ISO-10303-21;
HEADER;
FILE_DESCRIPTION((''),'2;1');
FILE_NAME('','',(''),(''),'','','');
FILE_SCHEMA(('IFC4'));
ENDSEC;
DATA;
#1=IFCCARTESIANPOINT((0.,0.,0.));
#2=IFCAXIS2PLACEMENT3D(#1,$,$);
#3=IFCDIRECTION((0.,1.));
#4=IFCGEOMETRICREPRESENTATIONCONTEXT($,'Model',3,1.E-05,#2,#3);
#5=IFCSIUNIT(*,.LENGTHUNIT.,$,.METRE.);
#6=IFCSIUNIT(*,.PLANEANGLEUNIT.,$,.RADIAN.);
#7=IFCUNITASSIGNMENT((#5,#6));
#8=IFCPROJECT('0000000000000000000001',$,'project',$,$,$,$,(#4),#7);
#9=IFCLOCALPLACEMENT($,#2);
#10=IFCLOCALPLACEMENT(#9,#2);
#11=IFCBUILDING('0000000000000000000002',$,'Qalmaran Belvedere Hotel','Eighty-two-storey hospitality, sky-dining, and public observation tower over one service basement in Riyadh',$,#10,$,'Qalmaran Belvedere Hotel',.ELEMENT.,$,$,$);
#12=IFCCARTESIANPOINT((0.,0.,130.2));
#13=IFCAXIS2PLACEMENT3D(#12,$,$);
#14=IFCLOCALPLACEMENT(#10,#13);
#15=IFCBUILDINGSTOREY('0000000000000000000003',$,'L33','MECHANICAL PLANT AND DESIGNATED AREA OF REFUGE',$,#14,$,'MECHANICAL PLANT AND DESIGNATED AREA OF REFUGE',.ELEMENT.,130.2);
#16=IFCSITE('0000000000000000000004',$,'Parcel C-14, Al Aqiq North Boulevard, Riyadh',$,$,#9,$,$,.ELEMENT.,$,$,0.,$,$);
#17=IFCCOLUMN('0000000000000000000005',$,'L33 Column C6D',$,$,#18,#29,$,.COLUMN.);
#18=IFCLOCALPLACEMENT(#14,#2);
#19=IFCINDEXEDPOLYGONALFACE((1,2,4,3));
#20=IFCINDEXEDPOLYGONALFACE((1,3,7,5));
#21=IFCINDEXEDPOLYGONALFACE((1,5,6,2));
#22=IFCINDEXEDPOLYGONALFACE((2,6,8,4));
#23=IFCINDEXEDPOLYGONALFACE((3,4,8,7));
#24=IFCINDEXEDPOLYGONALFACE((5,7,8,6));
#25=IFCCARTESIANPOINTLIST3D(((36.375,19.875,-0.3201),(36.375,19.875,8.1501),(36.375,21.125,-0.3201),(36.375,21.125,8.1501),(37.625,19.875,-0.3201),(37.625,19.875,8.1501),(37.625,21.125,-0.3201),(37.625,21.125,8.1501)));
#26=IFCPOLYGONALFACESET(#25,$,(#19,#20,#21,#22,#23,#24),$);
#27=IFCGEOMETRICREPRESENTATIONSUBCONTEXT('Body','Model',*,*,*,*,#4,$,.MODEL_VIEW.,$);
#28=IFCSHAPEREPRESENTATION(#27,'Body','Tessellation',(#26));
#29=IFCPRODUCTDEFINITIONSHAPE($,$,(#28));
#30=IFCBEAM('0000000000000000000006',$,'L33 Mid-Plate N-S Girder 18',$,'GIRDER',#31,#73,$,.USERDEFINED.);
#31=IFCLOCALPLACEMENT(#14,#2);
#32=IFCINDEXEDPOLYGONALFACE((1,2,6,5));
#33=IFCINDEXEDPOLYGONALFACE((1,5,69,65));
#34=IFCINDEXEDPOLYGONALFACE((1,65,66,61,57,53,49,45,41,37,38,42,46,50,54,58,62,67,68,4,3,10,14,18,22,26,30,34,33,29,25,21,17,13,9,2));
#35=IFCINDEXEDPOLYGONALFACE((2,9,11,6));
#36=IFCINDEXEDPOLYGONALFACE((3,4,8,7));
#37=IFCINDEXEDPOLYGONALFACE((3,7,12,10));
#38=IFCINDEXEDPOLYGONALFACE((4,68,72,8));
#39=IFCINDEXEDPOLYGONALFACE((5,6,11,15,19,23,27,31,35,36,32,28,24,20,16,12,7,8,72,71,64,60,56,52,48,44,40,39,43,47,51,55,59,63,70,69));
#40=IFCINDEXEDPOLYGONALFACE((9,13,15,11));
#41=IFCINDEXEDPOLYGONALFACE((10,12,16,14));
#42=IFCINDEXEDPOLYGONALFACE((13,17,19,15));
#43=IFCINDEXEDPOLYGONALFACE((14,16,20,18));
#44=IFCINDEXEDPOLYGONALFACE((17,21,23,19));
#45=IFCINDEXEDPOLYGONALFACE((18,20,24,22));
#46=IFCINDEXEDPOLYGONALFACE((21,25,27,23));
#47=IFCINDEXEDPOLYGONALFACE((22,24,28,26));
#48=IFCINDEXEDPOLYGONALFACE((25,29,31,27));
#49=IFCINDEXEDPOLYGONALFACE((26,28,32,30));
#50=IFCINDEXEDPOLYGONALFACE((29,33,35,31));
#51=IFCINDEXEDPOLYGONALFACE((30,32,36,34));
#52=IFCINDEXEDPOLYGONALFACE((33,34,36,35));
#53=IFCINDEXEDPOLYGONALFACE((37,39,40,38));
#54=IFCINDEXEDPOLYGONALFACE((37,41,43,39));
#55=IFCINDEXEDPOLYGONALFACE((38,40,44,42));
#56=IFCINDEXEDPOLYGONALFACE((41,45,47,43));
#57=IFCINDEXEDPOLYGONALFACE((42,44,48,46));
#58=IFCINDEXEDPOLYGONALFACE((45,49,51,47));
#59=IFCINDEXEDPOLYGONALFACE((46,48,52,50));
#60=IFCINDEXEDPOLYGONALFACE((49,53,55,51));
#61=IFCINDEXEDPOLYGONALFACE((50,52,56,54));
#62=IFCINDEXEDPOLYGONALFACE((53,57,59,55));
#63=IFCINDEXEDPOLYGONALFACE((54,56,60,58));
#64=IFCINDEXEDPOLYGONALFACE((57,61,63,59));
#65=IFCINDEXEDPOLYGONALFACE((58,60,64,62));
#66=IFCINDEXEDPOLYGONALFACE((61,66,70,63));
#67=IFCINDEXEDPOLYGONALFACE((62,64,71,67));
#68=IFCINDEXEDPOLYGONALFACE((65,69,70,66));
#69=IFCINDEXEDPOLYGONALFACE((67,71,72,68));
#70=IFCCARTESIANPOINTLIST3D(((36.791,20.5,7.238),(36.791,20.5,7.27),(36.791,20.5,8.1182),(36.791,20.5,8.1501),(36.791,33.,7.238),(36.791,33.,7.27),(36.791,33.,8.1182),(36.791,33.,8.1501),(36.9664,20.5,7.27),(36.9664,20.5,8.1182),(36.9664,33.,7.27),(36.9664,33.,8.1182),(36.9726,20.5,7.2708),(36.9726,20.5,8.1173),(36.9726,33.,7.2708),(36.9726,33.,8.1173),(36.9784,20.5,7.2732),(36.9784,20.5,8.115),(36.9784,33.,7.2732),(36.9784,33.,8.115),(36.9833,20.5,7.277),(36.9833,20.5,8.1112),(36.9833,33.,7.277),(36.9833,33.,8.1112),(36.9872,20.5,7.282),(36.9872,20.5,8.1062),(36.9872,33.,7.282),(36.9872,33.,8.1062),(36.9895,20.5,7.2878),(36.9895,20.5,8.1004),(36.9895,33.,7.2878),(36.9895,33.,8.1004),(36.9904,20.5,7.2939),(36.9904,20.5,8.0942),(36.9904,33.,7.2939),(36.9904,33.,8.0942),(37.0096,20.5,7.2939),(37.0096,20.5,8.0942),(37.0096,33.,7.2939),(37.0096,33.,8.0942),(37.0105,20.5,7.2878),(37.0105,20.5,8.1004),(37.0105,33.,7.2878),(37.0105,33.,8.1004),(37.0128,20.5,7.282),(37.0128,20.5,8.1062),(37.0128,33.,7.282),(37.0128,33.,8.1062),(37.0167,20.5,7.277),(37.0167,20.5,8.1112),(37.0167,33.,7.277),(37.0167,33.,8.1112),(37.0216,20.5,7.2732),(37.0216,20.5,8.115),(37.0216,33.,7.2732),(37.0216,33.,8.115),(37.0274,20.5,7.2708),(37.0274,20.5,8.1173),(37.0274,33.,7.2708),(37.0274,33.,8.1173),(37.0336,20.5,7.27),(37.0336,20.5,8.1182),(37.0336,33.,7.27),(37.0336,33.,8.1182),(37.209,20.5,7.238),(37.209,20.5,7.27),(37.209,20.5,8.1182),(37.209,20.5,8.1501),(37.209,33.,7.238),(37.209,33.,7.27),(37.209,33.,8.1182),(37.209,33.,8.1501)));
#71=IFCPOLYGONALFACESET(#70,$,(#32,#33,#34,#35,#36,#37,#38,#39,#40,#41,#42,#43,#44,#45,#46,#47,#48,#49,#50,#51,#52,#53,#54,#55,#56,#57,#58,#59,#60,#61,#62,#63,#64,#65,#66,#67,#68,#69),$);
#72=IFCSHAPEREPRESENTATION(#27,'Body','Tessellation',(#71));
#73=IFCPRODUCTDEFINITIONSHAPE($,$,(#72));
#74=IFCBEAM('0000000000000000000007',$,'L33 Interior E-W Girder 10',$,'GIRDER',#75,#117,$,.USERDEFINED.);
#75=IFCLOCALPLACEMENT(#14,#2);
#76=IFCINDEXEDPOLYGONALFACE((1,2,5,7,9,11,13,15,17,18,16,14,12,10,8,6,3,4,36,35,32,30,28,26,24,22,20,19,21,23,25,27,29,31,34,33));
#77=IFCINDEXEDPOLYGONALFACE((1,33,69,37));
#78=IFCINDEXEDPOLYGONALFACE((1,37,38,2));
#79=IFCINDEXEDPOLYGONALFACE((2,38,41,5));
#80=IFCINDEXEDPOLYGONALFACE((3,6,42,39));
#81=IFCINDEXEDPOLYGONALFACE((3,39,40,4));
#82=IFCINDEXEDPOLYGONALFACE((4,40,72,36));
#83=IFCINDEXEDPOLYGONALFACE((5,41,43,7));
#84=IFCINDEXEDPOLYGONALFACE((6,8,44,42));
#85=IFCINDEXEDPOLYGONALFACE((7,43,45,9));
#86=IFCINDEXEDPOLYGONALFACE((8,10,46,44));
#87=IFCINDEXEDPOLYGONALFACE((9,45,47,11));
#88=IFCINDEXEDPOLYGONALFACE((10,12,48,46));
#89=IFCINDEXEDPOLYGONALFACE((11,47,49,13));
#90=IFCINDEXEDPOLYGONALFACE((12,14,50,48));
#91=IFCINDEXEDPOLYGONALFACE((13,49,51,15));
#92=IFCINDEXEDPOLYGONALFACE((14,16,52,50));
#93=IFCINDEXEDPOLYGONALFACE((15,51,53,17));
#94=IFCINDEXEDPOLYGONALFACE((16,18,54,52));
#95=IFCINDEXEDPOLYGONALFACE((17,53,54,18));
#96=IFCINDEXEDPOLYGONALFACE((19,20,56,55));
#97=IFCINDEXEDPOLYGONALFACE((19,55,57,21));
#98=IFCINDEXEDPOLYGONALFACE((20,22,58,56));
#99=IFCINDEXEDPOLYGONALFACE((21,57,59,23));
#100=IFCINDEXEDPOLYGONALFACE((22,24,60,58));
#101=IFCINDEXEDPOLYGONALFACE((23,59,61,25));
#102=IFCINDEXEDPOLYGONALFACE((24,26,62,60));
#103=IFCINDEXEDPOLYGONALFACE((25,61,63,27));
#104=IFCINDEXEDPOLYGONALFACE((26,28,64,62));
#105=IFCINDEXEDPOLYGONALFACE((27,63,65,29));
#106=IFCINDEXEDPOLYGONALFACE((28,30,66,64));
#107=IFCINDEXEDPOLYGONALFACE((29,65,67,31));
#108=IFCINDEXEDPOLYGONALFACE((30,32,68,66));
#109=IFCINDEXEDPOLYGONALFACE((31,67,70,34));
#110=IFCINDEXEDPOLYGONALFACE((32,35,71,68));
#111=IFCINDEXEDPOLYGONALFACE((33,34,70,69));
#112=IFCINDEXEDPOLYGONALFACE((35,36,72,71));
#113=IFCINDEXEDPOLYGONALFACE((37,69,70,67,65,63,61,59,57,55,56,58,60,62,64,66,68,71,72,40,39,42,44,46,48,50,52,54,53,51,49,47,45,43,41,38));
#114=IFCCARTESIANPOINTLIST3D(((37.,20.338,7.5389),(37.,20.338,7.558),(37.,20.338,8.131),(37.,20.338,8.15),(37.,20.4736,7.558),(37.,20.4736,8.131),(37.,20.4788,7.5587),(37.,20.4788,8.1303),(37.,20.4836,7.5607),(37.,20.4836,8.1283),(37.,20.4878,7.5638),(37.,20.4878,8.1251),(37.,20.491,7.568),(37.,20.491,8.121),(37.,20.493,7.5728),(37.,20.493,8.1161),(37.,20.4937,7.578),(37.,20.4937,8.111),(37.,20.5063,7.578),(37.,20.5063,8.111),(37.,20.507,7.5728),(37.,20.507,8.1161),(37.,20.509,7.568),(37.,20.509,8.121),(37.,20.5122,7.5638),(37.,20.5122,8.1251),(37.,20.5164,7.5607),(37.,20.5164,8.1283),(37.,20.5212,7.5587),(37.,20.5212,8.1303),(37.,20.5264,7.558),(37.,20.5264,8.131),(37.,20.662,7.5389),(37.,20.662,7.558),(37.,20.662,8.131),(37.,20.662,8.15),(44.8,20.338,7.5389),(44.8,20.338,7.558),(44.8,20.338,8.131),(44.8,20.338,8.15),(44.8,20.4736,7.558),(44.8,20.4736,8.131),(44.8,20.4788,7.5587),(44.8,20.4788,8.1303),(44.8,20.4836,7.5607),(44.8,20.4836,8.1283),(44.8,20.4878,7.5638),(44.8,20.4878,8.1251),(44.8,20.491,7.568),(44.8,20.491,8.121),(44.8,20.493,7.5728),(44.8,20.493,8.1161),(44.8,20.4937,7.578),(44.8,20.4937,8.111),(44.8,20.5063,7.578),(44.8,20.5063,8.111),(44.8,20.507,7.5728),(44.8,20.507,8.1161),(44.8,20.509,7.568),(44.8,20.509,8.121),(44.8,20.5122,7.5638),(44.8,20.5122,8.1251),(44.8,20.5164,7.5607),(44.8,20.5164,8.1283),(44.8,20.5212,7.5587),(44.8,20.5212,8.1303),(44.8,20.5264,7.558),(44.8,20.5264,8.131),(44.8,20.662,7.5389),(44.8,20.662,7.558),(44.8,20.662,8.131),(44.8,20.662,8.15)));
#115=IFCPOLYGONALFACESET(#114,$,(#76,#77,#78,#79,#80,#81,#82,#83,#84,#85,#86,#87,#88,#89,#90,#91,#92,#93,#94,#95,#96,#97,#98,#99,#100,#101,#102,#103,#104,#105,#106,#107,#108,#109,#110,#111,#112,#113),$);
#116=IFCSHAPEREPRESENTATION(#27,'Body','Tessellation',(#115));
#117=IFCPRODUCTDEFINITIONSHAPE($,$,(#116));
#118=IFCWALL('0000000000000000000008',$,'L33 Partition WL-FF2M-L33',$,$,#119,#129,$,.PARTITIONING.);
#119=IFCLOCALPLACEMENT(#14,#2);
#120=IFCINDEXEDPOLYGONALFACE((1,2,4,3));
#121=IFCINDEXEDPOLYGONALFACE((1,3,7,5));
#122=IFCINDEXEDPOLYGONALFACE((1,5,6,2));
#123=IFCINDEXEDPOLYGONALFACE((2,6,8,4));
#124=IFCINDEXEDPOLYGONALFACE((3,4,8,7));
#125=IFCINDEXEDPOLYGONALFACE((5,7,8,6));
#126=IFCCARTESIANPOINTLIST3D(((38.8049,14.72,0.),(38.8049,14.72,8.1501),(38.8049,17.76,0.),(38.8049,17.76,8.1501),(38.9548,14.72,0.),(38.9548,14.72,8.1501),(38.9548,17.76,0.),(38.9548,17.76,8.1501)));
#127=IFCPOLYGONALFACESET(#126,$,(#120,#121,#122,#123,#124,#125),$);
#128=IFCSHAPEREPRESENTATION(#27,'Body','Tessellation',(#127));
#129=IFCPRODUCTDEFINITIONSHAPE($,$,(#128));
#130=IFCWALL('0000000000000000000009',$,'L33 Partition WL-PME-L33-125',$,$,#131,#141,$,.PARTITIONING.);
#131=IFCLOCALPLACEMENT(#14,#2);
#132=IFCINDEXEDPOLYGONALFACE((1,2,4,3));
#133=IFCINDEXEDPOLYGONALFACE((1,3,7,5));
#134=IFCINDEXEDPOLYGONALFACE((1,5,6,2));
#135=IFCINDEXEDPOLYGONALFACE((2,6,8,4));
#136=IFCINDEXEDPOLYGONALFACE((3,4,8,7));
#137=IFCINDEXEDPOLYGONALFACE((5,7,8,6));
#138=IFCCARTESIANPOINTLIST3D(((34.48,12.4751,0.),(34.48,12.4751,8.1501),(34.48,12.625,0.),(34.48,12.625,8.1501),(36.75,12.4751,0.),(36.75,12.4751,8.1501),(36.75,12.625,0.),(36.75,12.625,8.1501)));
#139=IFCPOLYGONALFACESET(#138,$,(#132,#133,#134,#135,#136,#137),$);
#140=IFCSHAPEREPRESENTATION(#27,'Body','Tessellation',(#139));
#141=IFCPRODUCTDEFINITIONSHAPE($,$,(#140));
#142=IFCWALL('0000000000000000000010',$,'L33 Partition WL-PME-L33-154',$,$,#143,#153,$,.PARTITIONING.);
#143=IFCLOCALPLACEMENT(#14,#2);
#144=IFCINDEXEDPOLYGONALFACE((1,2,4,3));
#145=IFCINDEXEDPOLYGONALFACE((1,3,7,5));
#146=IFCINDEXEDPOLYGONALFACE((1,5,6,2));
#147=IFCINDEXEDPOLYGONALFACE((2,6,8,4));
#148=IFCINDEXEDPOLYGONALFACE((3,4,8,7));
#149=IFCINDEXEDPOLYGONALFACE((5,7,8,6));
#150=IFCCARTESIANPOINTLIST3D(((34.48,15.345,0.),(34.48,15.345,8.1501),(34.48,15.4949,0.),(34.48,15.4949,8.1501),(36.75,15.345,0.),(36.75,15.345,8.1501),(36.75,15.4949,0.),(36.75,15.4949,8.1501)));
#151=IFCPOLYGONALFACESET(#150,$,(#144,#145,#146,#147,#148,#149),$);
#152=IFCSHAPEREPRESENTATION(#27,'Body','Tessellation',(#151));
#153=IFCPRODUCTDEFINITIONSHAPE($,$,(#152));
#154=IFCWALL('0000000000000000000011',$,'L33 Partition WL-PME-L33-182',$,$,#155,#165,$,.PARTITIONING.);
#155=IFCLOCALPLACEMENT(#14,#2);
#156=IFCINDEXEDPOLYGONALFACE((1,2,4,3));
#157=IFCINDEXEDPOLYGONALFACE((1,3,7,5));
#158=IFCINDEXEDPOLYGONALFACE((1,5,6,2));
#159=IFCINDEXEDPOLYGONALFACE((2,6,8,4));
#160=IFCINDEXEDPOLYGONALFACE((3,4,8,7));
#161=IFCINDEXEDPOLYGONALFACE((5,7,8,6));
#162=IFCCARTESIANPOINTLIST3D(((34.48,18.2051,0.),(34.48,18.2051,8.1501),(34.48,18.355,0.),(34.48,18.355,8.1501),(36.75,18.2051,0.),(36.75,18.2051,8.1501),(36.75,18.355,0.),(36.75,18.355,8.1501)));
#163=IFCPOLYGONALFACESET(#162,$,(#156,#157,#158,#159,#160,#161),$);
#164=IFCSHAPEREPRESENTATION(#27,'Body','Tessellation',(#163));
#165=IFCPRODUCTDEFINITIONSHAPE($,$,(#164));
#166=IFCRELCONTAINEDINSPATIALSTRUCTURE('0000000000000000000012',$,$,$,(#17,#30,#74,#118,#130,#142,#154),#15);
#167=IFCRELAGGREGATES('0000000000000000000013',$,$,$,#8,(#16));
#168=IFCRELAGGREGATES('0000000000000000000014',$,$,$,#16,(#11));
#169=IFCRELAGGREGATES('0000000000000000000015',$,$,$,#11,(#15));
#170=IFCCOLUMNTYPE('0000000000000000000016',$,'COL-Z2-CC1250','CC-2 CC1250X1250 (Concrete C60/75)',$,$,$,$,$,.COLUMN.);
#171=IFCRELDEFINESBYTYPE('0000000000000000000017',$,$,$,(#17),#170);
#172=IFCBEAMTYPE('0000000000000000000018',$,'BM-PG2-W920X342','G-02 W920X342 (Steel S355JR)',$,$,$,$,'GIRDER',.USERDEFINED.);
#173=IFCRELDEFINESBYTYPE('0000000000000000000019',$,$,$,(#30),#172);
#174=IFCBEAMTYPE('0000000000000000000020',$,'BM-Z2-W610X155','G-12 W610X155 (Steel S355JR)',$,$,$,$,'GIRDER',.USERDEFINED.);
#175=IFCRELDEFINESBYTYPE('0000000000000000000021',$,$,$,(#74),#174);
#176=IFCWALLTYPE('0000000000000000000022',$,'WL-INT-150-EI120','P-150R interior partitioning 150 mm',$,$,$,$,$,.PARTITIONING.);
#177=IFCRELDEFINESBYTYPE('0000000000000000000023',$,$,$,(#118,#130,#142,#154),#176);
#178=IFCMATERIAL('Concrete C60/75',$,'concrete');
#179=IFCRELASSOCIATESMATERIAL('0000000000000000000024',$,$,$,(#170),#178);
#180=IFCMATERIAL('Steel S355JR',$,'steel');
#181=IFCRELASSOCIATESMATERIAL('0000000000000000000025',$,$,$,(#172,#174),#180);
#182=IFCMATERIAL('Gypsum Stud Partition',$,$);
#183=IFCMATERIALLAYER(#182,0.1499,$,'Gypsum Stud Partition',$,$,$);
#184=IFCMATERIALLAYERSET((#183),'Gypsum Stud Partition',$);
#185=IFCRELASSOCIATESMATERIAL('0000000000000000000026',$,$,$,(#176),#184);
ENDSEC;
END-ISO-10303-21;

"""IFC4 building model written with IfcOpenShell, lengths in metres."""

from ifc_helpers import new_model, si_unit, direction, frame, frame_2d, origin, origin_2d, place, context, subcontext, project, spatial, rectangle, i_section, extrude, material, layer, layer_set, material_profile, profile_set, type_object, element, save


model = new_model("IFC4")

# Units and contexts
model_context = context("Model", 3, precision=1e-05, world=origin(), true_north=direction((0.0, 1.0)))
body_context = subcontext(model_context, "Body", "Model", "MODEL_VIEW")
ifc_project = project(units=[si_unit("LENGTHUNIT", "METRE"), si_unit("PLANEANGLEUNIT", "RADIAN")], contexts=[model_context])

# Site, building, storey
site_placement = place(None, origin())
site = spatial("IfcSite", under=ifc_project, at=site_placement, Name="Parcel C-14, Al Aqiq North Boulevard, Riyadh", CompositionType="ELEMENT", RefElevation=0.0)
building_placement = place(site_placement, origin())
building = spatial("IfcBuilding", under=site, at=building_placement, Name="Qalmaran Belvedere Hotel", Description="Eighty-two-storey hospitality, sky-dining, and public observation tower over one service basement in Riyadh", LongName="Qalmaran Belvedere Hotel", CompositionType="ELEMENT")
storey_placement = place(building_placement, frame((0.0, 0.0, 130.2)))
storey = spatial("IfcBuildingStorey", under=building, at=storey_placement, Name="L33", Description="MECHANICAL PLANT AND DESIGNATED AREA OF REFUGE", LongName="MECHANICAL PLANT AND DESIGNATED AREA OF REFUGE", CompositionType="ELEMENT", Elevation=130.2)

# Column
ifc_material_1 = material(Name="Concrete C60/75", Category="concrete")
ifc_material_profile_1 = material_profile(ifc_material_1, rectangle(XDim=1.25, YDim=1.25, at=origin_2d()), Name="CC1250X1250")
ifc_profile_set_1 = profile_set([ifc_material_profile_1], Name="Concrete C60/75")
column_type = type_object("IfcColumnType", Name="COL-Z2-CC1250", Description="CC-2 CC1250X1250 (Concrete C60/75)", PredefinedType="COLUMN", material=ifc_profile_set_1)
column_placement = place(storey_placement, frame((37.0, 20.5, -0.3201), z_axis=(0.0, 0.0, 1.0), x_axis=(1.0, 0.0, 0.0)))
element("IfcColumn", 1, at=column_placement, inside=storey, type_object=column_type, Name="L33 Column C6D", PredefinedType="COLUMN", context=body_context, shape_type="SweptSolid", body=[
    extrude(rectangle(XDim=1.25, YDim=1.25, at=origin_2d()), origin(), (0.0, 0.0, 1.0), 8.4702),
])

# Beams
ifc_material_2 = material(Name="Steel S355JR", Category="steel")
ifc_material_profile_2 = material_profile(ifc_material_2, i_section(OverallWidth=0.418, OverallDepth=0.9121, WebThickness=0.0193, FlangeThickness=0.032, FilletRadius=0.0239, at=origin_2d()), Name="W920X342")
ifc_profile_set_2 = profile_set([ifc_material_profile_2], Name="Steel S355JR")
beam_type_1 = type_object("IfcBeamType", Name="BM-PG2-W920X342", Description="G-02 W920X342 (Steel S355JR)", ElementType="GIRDER", PredefinedType="USERDEFINED", material=ifc_profile_set_2)
beam_1_placement = place(storey_placement, frame((37.0, 20.5, 7.6941), z_axis=(0.0, 1.0, 0.0), x_axis=(-1.0, 0.0, 0.0)))
element("IfcBeam", 2, at=beam_1_placement, inside=storey, type_object=beam_type_1, Name="L33 Mid-Plate N-S Girder 18", ObjectType="GIRDER", PredefinedType="USERDEFINED", context=body_context, shape_type="SweptSolid", body=[
    extrude(i_section(OverallWidth=0.418, OverallDepth=0.9121, WebThickness=0.0193, FlangeThickness=0.032, FilletRadius=0.0239, at=origin_2d()), origin(), (0.0, 0.0, 1.0), 12.5),
])
ifc_material_profile_3 = material_profile(ifc_material_2, i_section(OverallWidth=0.324, OverallDepth=0.6111, WebThickness=0.0127, FlangeThickness=0.019, FilletRadius=0.02, at=origin_2d()), Name="W610X155")
ifc_profile_set_3 = profile_set([ifc_material_profile_3], Name="Steel S355JR")
beam_type_2 = type_object("IfcBeamType", Name="BM-Z2-W610X155", Description="G-12 W610X155 (Steel S355JR)", ElementType="GIRDER", PredefinedType="USERDEFINED", material=ifc_profile_set_3)
beam_2_placement = place(storey_placement, frame((37.0, 20.5, 7.8445), z_axis=(1.0, 0.0, 0.0), x_axis=(0.0, 1.0, 0.0)))
element("IfcBeam", 3, at=beam_2_placement, inside=storey, type_object=beam_type_2, Name="L33 Interior E-W Girder 10", ObjectType="GIRDER", PredefinedType="USERDEFINED", context=body_context, shape_type="SweptSolid", body=[
    extrude(i_section(OverallWidth=0.324, OverallDepth=0.6111, WebThickness=0.0127, FlangeThickness=0.019, FilletRadius=0.02, at=origin_2d()), origin(), (0.0, 0.0, 1.0), 7.8),
])

# Walls
ifc_material_3 = material(Name="Gypsum Stud Partition")
ifc_layer_1 = layer(ifc_material_3, 0.1499, Name="Gypsum Stud Partition")
ifc_layer_set_1 = layer_set([ifc_layer_1], Name="Gypsum Stud Partition")
wall_type_1 = type_object("IfcWallType", Name="WL-INT-150-EI120", Description="P-150R interior partitioning 150 mm", PredefinedType="PARTITIONING", material=ifc_layer_set_1)
wall_1_placement = place(storey_placement, frame((38.8799, 14.72, 0.0), z_axis=(0.0, 0.0, 1.0), x_axis=(0.0, 1.0, 0.0)))
element("IfcWall", 4, at=wall_1_placement, inside=storey, type_object=wall_type_1, Name="L33 Partition WL-FF2M-L33", PredefinedType="PARTITIONING", context=body_context, shape_type="SweptSolid", body=[
    extrude(rectangle(XDim=3.04, YDim=0.1499, at=frame_2d((1.52, 0.0))), origin(), (0.0, 0.0, 1.0), 8.1501),
])
for number, where, z_axis, x_axis, name in (
    (5, (34.48, 12.55, 0.0), (0.0, 0.0, 1.0), (1.0, 0.0, 0.0), "L33 Partition WL-PME-L33-125"),
    (6, (34.48, 15.4199, 0.0), (0.0, 0.0, 1.0), (1.0, 0.0, 0.0), "L33 Partition WL-PME-L33-154"),
    (7, (34.48, 18.28, 0.0), (0.0, 0.0, 1.0), (1.0, 0.0, 0.0), "L33 Partition WL-PME-L33-182"),
):
    element("IfcWall", number, at=place(storey_placement, frame(where, z_axis=z_axis, x_axis=x_axis)), inside=storey, type_object=wall_type_1, Name=name, PredefinedType="PARTITIONING", context=body_context, shape_type="SweptSolid", body=[
        extrude(rectangle(XDim=2.27, YDim=0.1499, at=frame_2d((1.135, 0.0))), origin(), (0.0, 0.0, 1.0), 8.1501),
    ])

save(model, "model.ifc")
